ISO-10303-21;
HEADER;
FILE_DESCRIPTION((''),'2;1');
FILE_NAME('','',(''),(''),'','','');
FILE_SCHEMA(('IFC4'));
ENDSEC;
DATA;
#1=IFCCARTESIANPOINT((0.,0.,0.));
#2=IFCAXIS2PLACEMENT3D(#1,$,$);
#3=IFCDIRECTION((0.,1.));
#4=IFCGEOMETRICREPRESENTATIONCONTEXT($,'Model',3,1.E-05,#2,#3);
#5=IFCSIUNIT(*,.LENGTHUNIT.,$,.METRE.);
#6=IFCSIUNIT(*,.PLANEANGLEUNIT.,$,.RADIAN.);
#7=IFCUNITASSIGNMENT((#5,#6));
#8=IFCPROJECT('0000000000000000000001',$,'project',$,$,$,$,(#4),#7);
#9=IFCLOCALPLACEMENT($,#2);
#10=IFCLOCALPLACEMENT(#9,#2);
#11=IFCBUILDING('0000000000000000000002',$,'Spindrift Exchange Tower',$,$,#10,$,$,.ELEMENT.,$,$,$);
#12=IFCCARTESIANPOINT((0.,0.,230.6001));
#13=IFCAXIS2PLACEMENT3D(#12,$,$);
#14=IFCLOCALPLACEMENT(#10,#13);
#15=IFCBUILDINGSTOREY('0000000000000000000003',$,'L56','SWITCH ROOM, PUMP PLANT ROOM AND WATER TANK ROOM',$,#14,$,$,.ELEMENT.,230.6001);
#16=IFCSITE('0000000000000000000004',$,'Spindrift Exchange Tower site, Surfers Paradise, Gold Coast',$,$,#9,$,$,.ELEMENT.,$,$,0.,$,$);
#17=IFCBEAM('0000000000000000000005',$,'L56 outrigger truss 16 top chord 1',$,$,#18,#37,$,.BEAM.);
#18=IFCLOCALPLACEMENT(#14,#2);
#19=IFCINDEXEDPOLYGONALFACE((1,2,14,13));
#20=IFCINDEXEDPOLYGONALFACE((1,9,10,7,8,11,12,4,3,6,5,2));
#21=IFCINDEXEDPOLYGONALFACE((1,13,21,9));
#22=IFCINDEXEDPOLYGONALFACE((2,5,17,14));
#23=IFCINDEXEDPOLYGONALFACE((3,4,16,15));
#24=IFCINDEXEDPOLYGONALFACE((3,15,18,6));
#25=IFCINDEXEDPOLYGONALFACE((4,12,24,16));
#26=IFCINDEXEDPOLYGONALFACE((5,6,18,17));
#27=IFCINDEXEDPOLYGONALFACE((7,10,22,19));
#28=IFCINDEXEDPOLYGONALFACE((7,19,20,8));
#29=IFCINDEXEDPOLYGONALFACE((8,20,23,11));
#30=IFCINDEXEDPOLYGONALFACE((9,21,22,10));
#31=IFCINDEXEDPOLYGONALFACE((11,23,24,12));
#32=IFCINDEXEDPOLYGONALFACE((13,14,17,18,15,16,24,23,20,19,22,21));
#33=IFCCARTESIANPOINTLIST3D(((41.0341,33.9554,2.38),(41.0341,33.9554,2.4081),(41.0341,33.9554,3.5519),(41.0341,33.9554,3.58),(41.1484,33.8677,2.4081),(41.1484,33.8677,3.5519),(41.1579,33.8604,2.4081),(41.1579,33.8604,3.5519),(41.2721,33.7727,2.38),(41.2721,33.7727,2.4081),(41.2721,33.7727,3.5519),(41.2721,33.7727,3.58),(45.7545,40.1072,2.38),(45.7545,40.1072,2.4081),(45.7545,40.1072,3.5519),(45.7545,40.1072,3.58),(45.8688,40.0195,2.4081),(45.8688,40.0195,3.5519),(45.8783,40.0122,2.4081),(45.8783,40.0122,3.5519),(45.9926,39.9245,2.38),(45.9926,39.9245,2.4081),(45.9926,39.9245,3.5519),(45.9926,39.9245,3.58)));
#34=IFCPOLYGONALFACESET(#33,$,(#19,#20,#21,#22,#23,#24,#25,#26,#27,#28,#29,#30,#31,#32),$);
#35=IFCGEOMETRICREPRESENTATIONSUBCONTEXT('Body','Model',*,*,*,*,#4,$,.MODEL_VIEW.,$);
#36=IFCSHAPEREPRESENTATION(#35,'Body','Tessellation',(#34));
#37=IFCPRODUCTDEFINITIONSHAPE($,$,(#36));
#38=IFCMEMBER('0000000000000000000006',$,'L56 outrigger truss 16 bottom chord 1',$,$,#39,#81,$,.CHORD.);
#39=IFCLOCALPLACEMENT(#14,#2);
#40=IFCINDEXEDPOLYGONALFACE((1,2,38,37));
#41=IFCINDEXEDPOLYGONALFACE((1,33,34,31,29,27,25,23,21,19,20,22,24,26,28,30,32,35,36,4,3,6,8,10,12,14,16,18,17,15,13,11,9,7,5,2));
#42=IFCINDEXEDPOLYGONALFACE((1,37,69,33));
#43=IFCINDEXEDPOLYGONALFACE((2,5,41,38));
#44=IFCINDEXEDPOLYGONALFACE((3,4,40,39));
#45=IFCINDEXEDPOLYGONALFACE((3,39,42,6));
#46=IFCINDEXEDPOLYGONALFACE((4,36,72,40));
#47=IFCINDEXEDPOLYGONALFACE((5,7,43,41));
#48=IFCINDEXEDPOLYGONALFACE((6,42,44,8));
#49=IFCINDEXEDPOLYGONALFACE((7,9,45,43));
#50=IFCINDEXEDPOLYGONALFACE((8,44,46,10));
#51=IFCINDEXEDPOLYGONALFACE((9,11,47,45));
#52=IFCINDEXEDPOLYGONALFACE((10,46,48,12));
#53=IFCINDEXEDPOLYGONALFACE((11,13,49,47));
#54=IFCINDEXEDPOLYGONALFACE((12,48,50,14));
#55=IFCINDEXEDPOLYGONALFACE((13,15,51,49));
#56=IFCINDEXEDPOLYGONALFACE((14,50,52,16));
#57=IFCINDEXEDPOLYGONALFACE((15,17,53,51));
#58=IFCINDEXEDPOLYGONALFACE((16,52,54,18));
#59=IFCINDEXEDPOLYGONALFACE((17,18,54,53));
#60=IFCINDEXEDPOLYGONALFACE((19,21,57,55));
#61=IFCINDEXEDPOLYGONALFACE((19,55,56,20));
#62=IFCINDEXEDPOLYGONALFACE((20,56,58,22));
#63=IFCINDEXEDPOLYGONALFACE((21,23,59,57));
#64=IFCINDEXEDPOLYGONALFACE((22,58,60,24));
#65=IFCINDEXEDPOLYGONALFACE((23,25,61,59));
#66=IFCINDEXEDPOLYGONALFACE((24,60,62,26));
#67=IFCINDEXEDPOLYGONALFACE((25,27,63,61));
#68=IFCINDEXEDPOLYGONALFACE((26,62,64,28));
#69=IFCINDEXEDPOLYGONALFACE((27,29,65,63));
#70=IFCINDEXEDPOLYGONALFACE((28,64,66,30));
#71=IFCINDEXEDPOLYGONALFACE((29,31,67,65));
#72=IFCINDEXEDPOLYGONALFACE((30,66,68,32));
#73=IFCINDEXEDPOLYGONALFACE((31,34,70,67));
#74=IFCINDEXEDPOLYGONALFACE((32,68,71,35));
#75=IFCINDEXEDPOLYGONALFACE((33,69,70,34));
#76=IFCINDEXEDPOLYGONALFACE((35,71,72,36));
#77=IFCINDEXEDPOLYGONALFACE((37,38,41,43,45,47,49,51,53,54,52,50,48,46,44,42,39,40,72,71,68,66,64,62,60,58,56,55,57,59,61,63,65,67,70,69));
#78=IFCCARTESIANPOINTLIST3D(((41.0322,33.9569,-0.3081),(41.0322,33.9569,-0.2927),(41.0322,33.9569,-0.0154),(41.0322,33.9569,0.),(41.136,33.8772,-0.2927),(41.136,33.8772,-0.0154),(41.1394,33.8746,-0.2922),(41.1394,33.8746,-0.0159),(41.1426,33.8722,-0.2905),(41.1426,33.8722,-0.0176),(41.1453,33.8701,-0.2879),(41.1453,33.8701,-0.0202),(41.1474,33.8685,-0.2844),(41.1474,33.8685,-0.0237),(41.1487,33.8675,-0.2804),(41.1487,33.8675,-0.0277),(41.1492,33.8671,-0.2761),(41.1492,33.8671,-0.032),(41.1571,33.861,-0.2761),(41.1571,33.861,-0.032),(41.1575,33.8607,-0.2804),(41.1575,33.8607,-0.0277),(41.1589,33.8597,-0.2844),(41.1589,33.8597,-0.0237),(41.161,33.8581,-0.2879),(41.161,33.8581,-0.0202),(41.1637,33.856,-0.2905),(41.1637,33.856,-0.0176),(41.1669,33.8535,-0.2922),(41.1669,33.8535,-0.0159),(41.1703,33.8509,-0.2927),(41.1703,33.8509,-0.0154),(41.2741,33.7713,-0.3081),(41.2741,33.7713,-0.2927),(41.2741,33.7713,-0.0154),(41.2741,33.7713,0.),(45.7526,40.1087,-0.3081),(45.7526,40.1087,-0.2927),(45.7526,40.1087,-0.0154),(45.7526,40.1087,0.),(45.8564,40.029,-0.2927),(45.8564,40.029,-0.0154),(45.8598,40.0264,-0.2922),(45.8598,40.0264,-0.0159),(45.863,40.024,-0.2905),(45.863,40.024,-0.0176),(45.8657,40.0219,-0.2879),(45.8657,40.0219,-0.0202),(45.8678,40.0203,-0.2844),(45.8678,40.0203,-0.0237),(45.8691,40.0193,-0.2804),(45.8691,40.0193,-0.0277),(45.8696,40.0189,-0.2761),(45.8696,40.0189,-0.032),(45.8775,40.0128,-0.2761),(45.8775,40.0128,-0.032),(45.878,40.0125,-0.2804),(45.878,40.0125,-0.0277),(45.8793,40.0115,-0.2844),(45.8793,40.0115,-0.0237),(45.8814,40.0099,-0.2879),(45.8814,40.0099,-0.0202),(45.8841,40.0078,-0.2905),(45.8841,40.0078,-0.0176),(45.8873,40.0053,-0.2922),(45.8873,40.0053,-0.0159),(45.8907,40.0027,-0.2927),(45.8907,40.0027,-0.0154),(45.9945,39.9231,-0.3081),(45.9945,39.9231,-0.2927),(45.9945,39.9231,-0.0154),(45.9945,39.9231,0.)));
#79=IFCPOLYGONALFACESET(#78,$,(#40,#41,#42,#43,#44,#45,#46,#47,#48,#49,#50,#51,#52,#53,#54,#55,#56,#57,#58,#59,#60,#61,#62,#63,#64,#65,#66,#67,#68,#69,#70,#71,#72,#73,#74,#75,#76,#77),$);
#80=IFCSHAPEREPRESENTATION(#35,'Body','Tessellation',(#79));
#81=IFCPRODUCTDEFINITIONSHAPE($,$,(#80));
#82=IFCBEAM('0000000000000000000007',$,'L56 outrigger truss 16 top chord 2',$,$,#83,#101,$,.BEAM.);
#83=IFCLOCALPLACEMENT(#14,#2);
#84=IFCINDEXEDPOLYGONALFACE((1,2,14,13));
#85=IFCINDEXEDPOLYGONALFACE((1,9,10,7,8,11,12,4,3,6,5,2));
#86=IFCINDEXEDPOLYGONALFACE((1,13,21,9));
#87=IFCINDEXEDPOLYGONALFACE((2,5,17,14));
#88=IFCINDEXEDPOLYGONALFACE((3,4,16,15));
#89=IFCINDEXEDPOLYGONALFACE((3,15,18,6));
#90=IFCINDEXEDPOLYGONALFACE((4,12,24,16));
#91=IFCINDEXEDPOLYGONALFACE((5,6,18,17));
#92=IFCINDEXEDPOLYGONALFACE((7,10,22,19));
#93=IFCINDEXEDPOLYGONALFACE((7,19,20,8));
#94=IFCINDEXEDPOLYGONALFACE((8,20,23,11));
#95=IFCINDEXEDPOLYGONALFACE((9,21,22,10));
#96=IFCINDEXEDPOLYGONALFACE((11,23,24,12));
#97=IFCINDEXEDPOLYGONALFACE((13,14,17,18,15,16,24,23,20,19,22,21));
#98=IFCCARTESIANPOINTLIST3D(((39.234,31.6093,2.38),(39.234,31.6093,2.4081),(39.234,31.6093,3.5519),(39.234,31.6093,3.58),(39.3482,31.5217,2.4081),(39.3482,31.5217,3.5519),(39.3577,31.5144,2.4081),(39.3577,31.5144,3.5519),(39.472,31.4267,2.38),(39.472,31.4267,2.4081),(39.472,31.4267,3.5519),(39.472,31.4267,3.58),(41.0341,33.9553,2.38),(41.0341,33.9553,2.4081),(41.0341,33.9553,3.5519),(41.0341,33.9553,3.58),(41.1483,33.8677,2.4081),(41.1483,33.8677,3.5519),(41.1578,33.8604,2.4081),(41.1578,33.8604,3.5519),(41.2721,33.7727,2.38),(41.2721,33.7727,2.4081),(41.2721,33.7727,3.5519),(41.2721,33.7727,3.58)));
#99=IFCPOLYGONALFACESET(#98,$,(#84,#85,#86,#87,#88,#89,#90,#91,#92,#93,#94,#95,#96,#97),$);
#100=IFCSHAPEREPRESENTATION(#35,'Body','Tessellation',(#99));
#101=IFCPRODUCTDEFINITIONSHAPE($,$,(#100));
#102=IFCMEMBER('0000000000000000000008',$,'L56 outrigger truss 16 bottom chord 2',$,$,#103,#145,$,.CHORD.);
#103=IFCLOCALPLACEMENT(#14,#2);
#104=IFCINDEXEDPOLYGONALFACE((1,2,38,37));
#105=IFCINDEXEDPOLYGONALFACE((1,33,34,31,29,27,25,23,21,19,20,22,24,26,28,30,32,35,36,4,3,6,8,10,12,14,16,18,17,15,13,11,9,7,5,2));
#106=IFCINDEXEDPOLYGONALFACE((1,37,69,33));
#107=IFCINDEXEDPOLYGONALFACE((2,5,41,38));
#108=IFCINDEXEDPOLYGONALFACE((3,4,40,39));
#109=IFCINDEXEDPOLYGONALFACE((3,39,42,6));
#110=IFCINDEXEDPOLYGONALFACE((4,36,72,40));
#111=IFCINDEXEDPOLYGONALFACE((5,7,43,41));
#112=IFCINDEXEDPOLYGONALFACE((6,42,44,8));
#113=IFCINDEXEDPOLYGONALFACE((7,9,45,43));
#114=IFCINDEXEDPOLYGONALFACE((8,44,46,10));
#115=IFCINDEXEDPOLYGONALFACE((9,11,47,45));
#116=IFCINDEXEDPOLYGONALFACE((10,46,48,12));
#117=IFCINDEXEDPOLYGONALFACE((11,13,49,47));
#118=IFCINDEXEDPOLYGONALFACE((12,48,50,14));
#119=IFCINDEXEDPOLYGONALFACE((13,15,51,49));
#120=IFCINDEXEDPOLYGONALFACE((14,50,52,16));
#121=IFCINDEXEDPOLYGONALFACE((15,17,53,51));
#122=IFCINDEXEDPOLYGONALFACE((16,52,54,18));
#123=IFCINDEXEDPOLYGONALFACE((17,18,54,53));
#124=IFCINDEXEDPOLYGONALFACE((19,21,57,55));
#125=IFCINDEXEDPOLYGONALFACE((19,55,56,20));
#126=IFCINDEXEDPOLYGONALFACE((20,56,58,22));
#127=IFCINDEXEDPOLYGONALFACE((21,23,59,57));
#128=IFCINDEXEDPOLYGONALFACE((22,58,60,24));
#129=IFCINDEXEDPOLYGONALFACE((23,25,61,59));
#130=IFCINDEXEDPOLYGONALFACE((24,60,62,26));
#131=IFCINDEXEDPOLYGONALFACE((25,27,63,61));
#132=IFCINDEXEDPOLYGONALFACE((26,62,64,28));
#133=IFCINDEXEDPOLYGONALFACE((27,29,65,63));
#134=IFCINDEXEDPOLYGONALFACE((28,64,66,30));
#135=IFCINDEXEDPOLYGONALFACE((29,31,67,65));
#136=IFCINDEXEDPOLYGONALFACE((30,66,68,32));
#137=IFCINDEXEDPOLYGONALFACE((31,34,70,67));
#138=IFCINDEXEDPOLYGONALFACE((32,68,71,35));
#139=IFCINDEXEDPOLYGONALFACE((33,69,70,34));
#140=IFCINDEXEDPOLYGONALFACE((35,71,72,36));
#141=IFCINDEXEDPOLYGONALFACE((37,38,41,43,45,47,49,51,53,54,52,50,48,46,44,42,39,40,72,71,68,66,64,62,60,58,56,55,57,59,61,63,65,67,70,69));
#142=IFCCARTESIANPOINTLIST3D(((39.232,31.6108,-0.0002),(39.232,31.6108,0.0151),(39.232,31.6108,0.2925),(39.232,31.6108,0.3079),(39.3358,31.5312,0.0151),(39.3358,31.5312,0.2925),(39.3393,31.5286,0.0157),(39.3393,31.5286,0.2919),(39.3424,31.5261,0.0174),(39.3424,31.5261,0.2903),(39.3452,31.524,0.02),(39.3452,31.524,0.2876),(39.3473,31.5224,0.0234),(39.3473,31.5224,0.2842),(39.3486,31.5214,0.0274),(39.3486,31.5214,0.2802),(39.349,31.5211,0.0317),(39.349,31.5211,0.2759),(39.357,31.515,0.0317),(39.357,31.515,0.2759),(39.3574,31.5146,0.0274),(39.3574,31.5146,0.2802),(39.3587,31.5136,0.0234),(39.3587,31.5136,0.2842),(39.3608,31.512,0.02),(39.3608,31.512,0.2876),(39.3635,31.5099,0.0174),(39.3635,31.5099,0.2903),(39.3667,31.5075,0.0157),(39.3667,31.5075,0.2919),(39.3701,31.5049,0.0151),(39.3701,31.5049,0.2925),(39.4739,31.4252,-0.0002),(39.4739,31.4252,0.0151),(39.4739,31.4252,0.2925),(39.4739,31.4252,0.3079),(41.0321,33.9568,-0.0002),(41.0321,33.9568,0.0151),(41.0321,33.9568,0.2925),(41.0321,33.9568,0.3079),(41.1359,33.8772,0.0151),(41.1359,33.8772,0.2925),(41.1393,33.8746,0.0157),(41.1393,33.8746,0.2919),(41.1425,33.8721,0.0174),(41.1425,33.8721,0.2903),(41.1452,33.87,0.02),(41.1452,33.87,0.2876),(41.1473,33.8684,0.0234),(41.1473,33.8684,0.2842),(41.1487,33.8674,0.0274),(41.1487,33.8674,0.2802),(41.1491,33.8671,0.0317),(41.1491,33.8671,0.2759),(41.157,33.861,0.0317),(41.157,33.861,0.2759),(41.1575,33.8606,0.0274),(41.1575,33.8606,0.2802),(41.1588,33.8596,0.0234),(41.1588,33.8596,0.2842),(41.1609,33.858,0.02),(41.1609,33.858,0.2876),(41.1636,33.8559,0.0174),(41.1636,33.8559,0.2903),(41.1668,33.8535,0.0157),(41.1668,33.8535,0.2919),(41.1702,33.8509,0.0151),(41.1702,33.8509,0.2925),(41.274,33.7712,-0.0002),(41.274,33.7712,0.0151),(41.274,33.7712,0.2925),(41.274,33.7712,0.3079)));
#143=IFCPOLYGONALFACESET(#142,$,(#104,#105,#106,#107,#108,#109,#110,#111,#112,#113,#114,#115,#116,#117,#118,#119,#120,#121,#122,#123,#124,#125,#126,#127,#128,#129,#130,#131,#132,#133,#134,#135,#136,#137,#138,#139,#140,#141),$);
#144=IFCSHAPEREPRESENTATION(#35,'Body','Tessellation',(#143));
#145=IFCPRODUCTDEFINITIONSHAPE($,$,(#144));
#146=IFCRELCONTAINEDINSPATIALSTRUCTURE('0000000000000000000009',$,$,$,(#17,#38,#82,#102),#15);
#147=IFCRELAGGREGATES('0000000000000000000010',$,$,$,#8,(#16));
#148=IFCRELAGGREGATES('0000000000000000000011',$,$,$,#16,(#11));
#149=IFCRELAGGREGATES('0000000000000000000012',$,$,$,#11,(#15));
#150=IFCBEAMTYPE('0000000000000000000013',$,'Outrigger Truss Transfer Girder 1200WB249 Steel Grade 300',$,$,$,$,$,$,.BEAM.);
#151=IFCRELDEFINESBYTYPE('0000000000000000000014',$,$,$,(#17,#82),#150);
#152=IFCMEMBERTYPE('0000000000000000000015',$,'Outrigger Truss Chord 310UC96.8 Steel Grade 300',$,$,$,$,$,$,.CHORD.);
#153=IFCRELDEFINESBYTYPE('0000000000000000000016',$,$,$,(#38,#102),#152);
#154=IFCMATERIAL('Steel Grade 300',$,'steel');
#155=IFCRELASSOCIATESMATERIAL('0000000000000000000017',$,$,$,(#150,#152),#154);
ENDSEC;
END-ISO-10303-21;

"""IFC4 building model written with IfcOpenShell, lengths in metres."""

from ifc_helpers import new_model, si_unit, direction, frame, origin, origin_2d, place, context, subcontext, project, spatial, i_section, extrude, source, transform, mapped, material, material_profile, profile_set, type_object, element, save


model = new_model("IFC4")

# Units and contexts
model_context = context("Model", 3, precision=1e-05, world=origin(), true_north=direction((0.0, 1.0)))
body_context = subcontext(model_context, "Body", "Model", "MODEL_VIEW")
ifc_project = project(units=[si_unit("LENGTHUNIT", "METRE"), si_unit("PLANEANGLEUNIT", "RADIAN")], contexts=[model_context])

# Site, building, storey
site_placement = place(None, origin())
site = spatial("IfcSite", under=ifc_project, at=site_placement, Name="Spindrift Exchange Tower site, Surfers Paradise, Gold Coast", CompositionType="ELEMENT", RefElevation=0.0)
building_placement = place(site_placement, origin())
building = spatial("IfcBuilding", under=site, at=building_placement, Name="Spindrift Exchange Tower", CompositionType="ELEMENT")
storey_placement = place(building_placement, frame((0.0, 0.0, 230.6001)))
storey = spatial("IfcBuildingStorey", under=building, at=storey_placement, Name="L56", Description="SWITCH ROOM, PUMP PLANT ROOM AND WATER TANK ROOM", CompositionType="ELEMENT", Elevation=230.6001)

# Beam
ifc_material_1 = material(Name="Steel Grade 300", Category="steel")
ifc_material_profile_1 = material_profile(ifc_material_1, i_section(OverallWidth=0.3, OverallDepth=1.2, WebThickness=0.012, FlangeThickness=0.0281, at=origin_2d()), Name="1200WB249")
ifc_profile_set_1 = profile_set([ifc_material_profile_1], Name="Steel Grade 300")
beam_type = type_object("IfcBeamType", Name="Outrigger Truss Transfer Girder 1200WB249 Steel Grade 300", PredefinedType="BEAM", material=ifc_profile_set_1)
shared_shape_1 = source(origin(), body_context, "Body", "SweptSolid", [
    extrude(i_section(OverallWidth=0.3, OverallDepth=1.2, WebThickness=0.012, FlangeThickness=0.0281, at=origin_2d()), origin(), (0.0, 0.0, 1.0), 7.7542),
])
beam_1_placement = place(storey_placement, frame((45.8735, 40.0159, 2.98), z_axis=(-0.608759, -0.793355, 0.0), x_axis=(0.793355, -0.608759, 0.0)))
element("IfcBeam", 1, at=beam_1_placement, inside=storey, type_object=beam_type, Name="L56 outrigger truss 16 top chord 1", PredefinedType="BEAM", context=body_context, shape_type="MappedRepresentation", body=[
    mapped(shared_shape_1, transform((0.0, 0.0, 0.0), scale=1.0)),
])

# Member
ifc_material_profile_2 = material_profile(ifc_material_1, i_section(OverallWidth=0.3049, OverallDepth=0.3081, WebThickness=0.01, FlangeThickness=0.0154, FilletRadius=0.0166, at=origin_2d()), Name="310UC96.8")
ifc_profile_set_2 = profile_set([ifc_material_profile_2], Name="Steel Grade 300")
member_type_1 = type_object("IfcMemberType", Name="Outrigger Truss Chord 310UC96.8 Steel Grade 300", PredefinedType="CHORD", material=ifc_profile_set_2)
shared_shape_2 = source(origin(), body_context, "Body", "SweptSolid", [
    extrude(i_section(OverallWidth=0.3049, OverallDepth=0.3081, WebThickness=0.01, FlangeThickness=0.0154, FilletRadius=0.0166, at=origin_2d()), origin(), (0.0, 0.0, 1.0), 7.7542),
])
member_1_placement = place(storey_placement, frame((45.8735, 40.0159, -0.1541), z_axis=(-0.608759, -0.793355, 0.0), x_axis=(0.793355, -0.608759, 0.0)))
element("IfcMember", 2, at=member_1_placement, inside=storey, type_object=member_type_1, Name="L56 outrigger truss 16 bottom chord 1", PredefinedType="CHORD", context=body_context, shape_type="MappedRepresentation", body=[
    mapped(shared_shape_2, transform((0.0, 0.0, 0.0), scale=1.0)),
])

# Beam
shared_shape_3 = source(origin(), body_context, "Body", "SweptSolid", [
    extrude(i_section(OverallWidth=0.3, OverallDepth=1.2, WebThickness=0.012, FlangeThickness=0.0281, at=origin_2d()), origin(), (0.0, 0.0, 1.0), 2.957),
])
beam_2_placement = place(storey_placement, frame((41.1531, 33.864, 2.98), z_axis=(-0.608749, -0.793363, 0.0), x_axis=(0.793363, -0.608749, 0.0)))
element("IfcBeam", 3, at=beam_2_placement, inside=storey, type_object=beam_type, Name="L56 outrigger truss 16 top chord 2", PredefinedType="BEAM", context=body_context, shape_type="MappedRepresentation", body=[
    mapped(shared_shape_3, transform((0.0, 0.0, 0.0), scale=1.0)),
])

# Member
shared_shape_4 = source(origin(), body_context, "Body", "SweptSolid", [
    extrude(i_section(OverallWidth=0.3049, OverallDepth=0.3081, WebThickness=0.01, FlangeThickness=0.0154, FilletRadius=0.0166, at=origin_2d()), origin(), (0.0, 0.0, 1.0), 2.957),
])
member_2_placement = place(storey_placement, frame((41.1531, 33.864, 0.1538), z_axis=(-0.608749, -0.793363, 0.0), x_axis=(0.793363, -0.608749, 0.0)))
element("IfcMember", 4, at=member_2_placement, inside=storey, type_object=member_type_1, Name="L56 outrigger truss 16 bottom chord 2", PredefinedType="CHORD", context=body_context, shape_type="MappedRepresentation", body=[
    mapped(shared_shape_4, transform((0.0, 0.0, 0.0), scale=1.0)),
])

save(model, "model.ifc")
